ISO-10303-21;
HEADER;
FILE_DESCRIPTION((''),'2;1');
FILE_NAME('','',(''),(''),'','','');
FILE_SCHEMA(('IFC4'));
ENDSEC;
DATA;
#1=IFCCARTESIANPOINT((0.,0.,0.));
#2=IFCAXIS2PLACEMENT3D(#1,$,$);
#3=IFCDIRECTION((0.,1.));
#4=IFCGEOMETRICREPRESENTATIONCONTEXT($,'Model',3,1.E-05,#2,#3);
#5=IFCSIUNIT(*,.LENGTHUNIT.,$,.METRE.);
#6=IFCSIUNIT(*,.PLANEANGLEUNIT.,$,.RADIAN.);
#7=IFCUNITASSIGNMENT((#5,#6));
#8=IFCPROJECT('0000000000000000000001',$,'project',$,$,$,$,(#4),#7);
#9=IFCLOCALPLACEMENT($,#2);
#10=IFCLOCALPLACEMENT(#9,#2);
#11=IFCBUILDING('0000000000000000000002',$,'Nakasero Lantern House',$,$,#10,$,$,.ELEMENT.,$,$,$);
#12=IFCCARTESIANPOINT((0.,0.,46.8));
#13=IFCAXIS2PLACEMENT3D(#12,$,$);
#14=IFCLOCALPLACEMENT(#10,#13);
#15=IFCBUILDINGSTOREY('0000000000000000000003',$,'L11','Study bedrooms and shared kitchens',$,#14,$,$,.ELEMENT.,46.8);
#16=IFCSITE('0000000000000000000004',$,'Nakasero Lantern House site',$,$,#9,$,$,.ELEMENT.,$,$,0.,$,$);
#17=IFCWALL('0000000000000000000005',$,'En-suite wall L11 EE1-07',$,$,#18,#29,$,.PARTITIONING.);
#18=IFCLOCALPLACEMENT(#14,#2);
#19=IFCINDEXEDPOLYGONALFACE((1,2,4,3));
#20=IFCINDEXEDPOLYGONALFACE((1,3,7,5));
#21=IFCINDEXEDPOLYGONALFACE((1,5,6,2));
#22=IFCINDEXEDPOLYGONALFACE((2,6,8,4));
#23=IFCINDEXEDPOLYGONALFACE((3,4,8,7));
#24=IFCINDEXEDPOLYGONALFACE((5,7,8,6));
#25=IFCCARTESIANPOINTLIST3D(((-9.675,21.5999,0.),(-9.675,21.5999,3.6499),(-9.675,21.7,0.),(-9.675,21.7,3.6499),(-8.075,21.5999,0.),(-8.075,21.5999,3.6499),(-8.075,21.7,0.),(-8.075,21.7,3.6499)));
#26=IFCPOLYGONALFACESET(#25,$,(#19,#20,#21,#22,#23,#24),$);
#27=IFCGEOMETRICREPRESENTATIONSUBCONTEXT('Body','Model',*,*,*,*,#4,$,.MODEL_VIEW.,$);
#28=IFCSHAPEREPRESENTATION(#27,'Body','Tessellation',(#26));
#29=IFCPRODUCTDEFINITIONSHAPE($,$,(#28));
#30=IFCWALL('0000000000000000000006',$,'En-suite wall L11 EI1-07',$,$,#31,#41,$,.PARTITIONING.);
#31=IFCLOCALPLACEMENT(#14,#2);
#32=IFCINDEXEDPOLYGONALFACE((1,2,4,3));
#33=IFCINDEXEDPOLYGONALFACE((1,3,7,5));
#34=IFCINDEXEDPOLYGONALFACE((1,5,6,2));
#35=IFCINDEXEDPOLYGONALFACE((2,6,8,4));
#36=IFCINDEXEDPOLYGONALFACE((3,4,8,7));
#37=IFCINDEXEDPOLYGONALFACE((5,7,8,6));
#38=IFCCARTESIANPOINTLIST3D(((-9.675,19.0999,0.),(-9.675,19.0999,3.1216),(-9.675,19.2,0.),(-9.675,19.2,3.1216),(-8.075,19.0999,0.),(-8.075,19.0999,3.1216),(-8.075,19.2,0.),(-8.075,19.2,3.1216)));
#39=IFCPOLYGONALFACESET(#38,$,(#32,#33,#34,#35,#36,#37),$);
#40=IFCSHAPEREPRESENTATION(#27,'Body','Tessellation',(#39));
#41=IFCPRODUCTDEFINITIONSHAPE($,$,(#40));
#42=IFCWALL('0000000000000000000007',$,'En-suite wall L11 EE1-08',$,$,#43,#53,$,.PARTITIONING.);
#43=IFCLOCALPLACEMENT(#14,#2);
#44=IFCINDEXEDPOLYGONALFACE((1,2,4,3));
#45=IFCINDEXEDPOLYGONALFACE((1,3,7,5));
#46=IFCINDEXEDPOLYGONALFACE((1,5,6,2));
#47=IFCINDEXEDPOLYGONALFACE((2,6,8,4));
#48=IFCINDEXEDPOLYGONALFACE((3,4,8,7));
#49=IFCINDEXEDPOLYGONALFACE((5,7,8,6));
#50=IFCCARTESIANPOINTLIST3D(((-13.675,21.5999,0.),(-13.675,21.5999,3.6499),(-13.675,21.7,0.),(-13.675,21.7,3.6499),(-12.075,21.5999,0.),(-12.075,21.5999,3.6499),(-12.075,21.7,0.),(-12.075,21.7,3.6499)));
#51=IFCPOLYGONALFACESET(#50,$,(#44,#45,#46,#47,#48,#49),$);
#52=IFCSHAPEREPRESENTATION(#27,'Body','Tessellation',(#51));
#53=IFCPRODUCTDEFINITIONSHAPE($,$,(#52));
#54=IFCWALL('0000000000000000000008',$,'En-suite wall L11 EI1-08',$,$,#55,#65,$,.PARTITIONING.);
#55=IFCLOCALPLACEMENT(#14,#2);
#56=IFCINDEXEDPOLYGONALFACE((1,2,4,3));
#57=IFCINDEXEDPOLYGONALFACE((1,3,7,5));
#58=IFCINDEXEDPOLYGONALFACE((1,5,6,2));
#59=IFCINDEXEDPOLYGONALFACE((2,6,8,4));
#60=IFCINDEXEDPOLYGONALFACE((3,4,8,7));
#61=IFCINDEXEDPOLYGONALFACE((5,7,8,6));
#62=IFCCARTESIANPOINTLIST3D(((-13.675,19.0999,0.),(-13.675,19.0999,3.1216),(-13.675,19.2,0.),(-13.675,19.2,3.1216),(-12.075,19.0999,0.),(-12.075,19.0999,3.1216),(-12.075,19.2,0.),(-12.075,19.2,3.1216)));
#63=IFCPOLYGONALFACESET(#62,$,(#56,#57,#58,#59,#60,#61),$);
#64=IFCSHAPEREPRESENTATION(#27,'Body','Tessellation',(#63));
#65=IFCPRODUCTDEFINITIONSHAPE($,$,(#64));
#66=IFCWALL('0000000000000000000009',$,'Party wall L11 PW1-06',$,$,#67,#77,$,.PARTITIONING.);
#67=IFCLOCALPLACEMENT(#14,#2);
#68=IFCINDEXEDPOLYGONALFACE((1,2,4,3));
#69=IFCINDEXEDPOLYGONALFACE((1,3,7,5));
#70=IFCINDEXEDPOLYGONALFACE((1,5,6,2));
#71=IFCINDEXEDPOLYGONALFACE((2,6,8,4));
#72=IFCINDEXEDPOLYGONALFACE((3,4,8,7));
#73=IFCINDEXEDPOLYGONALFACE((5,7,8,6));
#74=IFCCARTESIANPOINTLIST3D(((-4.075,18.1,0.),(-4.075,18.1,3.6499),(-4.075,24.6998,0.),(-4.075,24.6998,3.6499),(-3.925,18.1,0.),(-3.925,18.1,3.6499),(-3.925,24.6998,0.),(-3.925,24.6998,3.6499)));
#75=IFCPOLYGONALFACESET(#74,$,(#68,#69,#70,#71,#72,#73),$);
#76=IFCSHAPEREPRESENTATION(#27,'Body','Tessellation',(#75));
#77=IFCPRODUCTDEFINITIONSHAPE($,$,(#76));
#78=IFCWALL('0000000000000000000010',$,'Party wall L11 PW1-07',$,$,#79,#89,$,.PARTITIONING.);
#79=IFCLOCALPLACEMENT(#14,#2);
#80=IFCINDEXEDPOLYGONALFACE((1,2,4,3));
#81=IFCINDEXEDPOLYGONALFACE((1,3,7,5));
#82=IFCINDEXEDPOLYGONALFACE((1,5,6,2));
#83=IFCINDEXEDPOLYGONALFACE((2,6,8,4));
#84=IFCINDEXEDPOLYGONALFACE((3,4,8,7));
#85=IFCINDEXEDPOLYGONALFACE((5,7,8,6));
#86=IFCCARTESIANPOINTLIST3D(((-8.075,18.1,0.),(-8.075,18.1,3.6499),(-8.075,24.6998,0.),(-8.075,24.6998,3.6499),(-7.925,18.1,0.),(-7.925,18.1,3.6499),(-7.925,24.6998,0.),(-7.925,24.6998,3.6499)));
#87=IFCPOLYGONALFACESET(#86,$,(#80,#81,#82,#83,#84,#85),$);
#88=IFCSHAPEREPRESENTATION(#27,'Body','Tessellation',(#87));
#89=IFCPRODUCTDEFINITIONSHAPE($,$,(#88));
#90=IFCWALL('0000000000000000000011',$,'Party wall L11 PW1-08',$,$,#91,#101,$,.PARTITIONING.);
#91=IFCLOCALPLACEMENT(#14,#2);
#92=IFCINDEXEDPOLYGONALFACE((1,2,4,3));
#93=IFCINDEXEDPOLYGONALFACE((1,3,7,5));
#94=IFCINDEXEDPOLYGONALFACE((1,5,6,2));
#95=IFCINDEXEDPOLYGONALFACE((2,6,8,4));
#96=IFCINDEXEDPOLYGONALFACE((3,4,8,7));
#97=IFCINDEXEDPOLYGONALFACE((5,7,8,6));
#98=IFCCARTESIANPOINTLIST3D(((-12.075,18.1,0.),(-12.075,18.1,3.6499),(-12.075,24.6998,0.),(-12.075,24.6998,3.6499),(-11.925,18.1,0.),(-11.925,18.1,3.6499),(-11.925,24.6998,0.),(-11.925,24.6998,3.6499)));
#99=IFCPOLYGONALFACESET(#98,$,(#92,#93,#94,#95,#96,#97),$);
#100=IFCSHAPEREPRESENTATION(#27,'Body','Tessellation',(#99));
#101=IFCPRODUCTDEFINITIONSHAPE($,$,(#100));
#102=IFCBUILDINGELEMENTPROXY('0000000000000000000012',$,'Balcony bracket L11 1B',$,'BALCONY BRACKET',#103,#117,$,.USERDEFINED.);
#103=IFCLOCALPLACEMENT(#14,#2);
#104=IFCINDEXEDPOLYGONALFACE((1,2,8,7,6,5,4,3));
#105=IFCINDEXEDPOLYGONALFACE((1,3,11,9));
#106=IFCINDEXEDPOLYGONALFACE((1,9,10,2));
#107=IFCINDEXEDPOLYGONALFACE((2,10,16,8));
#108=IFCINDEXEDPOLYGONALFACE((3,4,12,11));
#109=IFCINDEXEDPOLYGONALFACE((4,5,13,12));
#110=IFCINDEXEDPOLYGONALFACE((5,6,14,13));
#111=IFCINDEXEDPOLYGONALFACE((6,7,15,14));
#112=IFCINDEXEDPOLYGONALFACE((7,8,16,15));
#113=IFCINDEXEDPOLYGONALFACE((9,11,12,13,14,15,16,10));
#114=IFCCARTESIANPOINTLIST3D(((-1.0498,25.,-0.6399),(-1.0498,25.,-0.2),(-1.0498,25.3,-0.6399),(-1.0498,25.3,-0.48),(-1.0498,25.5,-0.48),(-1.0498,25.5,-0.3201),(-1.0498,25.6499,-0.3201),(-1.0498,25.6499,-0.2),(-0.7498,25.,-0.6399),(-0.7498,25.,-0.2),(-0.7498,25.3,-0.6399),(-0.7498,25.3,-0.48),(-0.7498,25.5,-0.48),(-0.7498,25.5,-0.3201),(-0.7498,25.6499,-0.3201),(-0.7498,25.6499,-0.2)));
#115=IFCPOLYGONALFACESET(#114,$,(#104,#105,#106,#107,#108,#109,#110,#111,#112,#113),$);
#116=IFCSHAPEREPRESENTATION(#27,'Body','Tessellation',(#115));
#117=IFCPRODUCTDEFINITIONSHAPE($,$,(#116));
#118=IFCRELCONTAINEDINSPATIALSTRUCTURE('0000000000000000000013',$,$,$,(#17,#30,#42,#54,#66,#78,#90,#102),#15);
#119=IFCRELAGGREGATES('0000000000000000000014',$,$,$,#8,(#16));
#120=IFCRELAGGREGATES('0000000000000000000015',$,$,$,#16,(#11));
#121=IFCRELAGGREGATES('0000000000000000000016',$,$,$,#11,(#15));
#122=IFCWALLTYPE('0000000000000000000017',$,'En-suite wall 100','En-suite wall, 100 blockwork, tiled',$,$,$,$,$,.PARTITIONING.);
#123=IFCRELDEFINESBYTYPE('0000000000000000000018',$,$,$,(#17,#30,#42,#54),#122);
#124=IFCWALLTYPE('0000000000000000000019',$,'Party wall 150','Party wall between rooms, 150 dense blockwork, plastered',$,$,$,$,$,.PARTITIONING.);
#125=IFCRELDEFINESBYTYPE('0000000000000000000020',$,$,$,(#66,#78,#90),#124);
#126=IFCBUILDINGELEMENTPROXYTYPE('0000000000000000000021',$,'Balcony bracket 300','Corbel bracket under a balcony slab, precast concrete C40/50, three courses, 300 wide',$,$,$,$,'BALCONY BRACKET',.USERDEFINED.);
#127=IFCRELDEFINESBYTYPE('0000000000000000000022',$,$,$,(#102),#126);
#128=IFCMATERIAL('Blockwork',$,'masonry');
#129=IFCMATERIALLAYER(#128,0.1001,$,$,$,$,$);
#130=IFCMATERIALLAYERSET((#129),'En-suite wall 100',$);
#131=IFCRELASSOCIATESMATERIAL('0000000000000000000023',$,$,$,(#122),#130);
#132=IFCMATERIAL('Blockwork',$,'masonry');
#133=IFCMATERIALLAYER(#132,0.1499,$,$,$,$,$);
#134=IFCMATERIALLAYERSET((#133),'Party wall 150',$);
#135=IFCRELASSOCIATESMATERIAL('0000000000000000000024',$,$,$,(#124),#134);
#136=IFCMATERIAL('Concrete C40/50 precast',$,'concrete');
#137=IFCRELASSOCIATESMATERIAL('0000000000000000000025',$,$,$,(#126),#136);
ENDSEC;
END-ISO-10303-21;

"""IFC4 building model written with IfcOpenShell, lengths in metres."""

from ifc_helpers import new_model, si_unit, direction, frame, frame_2d, origin, place, context, subcontext, project, spatial, polyline, rectangle, outline, extrude, material, layer, layer_set, type_object, element, save


model = new_model("IFC4")

# Units and contexts
model_context = context("Model", 3, precision=1e-05, world=origin(), true_north=direction((0.0, 1.0)))
body_context = subcontext(model_context, "Body", "Model", "MODEL_VIEW")
ifc_project = project(units=[si_unit("LENGTHUNIT", "METRE"), si_unit("PLANEANGLEUNIT", "RADIAN")], contexts=[model_context])

# Site, building, storey
site_placement = place(None, origin())
site = spatial("IfcSite", under=ifc_project, at=site_placement, Name="Nakasero Lantern House site", CompositionType="ELEMENT", RefElevation=0.0)
building_placement = place(site_placement, origin())
building = spatial("IfcBuilding", under=site, at=building_placement, Name="Nakasero Lantern House", CompositionType="ELEMENT")
storey_placement = place(building_placement, frame((0.0, 0.0, 46.8)))
storey = spatial("IfcBuildingStorey", under=building, at=storey_placement, Name="L11", Description="Study bedrooms and shared kitchens", CompositionType="ELEMENT", Elevation=46.8)

# Shared definitions
ifc_material_1 = material(Name="Blockwork", Category="masonry")
ifc_layer_1 = layer(ifc_material_1, 0.1001)
ifc_layer_set_1 = layer_set([ifc_layer_1], Name="En-suite wall 100")
wall_type_1 = type_object("IfcWallType", Name="En-suite wall 100", Description="En-suite wall, 100 blockwork, tiled", PredefinedType="PARTITIONING", material=ifc_layer_set_1)

# Walls
wall_1_placement = place(storey_placement, frame((-8.075, 21.6499, 0.0), z_axis=(0.0, 0.0, 1.0), x_axis=(-1.0, 0.0, 0.0)))
element("IfcWall", 1, at=wall_1_placement, inside=storey, type_object=wall_type_1, Name="En-suite wall L11 EE1-07", PredefinedType="PARTITIONING", context=body_context, shape_type="SweptSolid", body=[
    extrude(rectangle(XDim=1.6001, YDim=0.1001, at=frame_2d((0.8, 0.0))), origin(), (0.0, 0.0, 1.0), 3.6499),
])
wall_2_placement = place(storey_placement, frame((-8.075, 19.1499, 0.0), z_axis=(0.0, 0.0, 1.0), x_axis=(-1.0, 0.0, 0.0)))
element("IfcWall", 2, at=wall_2_placement, inside=storey, type_object=wall_type_1, Name="En-suite wall L11 EI1-07", PredefinedType="PARTITIONING", context=body_context, shape_type="SweptSolid", body=[
    extrude(rectangle(XDim=1.6001, YDim=0.1001, at=frame_2d((0.8, 0.0))), origin(), (0.0, 0.0, 1.0), 3.1216),
])
wall_3_placement = place(storey_placement, frame((-12.075, 21.6499, 0.0), z_axis=(0.0, 0.0, 1.0), x_axis=(-1.0, 0.0, 0.0)))
element("IfcWall", 3, at=wall_3_placement, inside=storey, type_object=wall_type_1, Name="En-suite wall L11 EE1-08", PredefinedType="PARTITIONING", context=body_context, shape_type="SweptSolid", body=[
    extrude(rectangle(XDim=1.6001, YDim=0.1001, at=frame_2d((0.8, 0.0))), origin(), (0.0, 0.0, 1.0), 3.6499),
])
wall_4_placement = place(storey_placement, frame((-12.075, 19.1499, 0.0), z_axis=(0.0, 0.0, 1.0), x_axis=(-1.0, 0.0, 0.0)))
element("IfcWall", 4, at=wall_4_placement, inside=storey, type_object=wall_type_1, Name="En-suite wall L11 EI1-08", PredefinedType="PARTITIONING", context=body_context, shape_type="SweptSolid", body=[
    extrude(rectangle(XDim=1.6001, YDim=0.1001, at=frame_2d((0.8, 0.0))), origin(), (0.0, 0.0, 1.0), 3.1216),
])
ifc_material_2 = material(Name="Blockwork", Category="masonry")
ifc_layer_2 = layer(ifc_material_2, 0.1499)
ifc_layer_set_2 = layer_set([ifc_layer_2], Name="Party wall 150")
wall_type_2 = type_object("IfcWallType", Name="Party wall 150", Description="Party wall between rooms, 150 dense blockwork, plastered", PredefinedType="PARTITIONING", material=ifc_layer_set_2)
for number, where, z_axis, x_axis, name in (
    (5, (-4.0, 18.1001, 0.0), (0.0, 0.0, 1.0), (0.0, 1.0, 0.0), "Party wall L11 PW1-06"),
    (6, (-8.0, 18.1001, 0.0), (0.0, 0.0, 1.0), (0.0, 1.0, 0.0), "Party wall L11 PW1-07"),
    (7, (-12.0, 18.1001, 0.0), (0.0, 0.0, 1.0), (0.0, 1.0, 0.0), "Party wall L11 PW1-08"),
):
    element("IfcWall", number, at=place(storey_placement, frame(where, z_axis=z_axis, x_axis=x_axis)), inside=storey, type_object=wall_type_2, Name=name, PredefinedType="PARTITIONING", context=body_context, shape_type="SweptSolid", body=[
        extrude(rectangle(XDim=6.5999, YDim=0.1499, at=frame_2d((3.2998, 0.0))), origin(), (0.0, 0.0, 1.0), 3.6499),
    ])

# Building element proxy
ifc_material_3 = material(Name="Concrete C40/50 precast", Category="concrete")
building_element_proxy_type = type_object("IfcBuildingElementProxyType", Name="Balcony bracket 300", Description="Corbel bracket under a balcony slab, precast concrete C40/50, three courses, 300 wide", ElementType="BALCONY BRACKET", PredefinedType="USERDEFINED", material=ifc_material_3)
proxy_placement = place(storey_placement, frame((-0.8999, 25.0, -0.2), z_axis=(0.0, 0.0, 1.0), x_axis=(0.0, 1.0, 0.0)))
element("IfcBuildingElementProxy", 8, at=proxy_placement, inside=storey, type_object=building_element_proxy_type, Name="Balcony bracket L11 1B", ObjectType="BALCONY BRACKET", PredefinedType="USERDEFINED", context=body_context, shape_type="SweptSolid", body=[
    extrude(outline(polyline([(0.0, 0.0), (0.6499, 0.0), (0.6499, -0.1201), (0.5, -0.1201), (0.5, -0.28), (0.3, -0.28), (0.3, -0.4399), (0.0, -0.4399), (0.0, 0.0)])), frame((0.0, 0.1499, 0.0), z_axis=(0.0, -1.0, 0.0), x_axis=(1.0, 0.0, 0.0)), (0.0, 0.0, 1.0), 0.3),
])

save(model, "model.ifc")
